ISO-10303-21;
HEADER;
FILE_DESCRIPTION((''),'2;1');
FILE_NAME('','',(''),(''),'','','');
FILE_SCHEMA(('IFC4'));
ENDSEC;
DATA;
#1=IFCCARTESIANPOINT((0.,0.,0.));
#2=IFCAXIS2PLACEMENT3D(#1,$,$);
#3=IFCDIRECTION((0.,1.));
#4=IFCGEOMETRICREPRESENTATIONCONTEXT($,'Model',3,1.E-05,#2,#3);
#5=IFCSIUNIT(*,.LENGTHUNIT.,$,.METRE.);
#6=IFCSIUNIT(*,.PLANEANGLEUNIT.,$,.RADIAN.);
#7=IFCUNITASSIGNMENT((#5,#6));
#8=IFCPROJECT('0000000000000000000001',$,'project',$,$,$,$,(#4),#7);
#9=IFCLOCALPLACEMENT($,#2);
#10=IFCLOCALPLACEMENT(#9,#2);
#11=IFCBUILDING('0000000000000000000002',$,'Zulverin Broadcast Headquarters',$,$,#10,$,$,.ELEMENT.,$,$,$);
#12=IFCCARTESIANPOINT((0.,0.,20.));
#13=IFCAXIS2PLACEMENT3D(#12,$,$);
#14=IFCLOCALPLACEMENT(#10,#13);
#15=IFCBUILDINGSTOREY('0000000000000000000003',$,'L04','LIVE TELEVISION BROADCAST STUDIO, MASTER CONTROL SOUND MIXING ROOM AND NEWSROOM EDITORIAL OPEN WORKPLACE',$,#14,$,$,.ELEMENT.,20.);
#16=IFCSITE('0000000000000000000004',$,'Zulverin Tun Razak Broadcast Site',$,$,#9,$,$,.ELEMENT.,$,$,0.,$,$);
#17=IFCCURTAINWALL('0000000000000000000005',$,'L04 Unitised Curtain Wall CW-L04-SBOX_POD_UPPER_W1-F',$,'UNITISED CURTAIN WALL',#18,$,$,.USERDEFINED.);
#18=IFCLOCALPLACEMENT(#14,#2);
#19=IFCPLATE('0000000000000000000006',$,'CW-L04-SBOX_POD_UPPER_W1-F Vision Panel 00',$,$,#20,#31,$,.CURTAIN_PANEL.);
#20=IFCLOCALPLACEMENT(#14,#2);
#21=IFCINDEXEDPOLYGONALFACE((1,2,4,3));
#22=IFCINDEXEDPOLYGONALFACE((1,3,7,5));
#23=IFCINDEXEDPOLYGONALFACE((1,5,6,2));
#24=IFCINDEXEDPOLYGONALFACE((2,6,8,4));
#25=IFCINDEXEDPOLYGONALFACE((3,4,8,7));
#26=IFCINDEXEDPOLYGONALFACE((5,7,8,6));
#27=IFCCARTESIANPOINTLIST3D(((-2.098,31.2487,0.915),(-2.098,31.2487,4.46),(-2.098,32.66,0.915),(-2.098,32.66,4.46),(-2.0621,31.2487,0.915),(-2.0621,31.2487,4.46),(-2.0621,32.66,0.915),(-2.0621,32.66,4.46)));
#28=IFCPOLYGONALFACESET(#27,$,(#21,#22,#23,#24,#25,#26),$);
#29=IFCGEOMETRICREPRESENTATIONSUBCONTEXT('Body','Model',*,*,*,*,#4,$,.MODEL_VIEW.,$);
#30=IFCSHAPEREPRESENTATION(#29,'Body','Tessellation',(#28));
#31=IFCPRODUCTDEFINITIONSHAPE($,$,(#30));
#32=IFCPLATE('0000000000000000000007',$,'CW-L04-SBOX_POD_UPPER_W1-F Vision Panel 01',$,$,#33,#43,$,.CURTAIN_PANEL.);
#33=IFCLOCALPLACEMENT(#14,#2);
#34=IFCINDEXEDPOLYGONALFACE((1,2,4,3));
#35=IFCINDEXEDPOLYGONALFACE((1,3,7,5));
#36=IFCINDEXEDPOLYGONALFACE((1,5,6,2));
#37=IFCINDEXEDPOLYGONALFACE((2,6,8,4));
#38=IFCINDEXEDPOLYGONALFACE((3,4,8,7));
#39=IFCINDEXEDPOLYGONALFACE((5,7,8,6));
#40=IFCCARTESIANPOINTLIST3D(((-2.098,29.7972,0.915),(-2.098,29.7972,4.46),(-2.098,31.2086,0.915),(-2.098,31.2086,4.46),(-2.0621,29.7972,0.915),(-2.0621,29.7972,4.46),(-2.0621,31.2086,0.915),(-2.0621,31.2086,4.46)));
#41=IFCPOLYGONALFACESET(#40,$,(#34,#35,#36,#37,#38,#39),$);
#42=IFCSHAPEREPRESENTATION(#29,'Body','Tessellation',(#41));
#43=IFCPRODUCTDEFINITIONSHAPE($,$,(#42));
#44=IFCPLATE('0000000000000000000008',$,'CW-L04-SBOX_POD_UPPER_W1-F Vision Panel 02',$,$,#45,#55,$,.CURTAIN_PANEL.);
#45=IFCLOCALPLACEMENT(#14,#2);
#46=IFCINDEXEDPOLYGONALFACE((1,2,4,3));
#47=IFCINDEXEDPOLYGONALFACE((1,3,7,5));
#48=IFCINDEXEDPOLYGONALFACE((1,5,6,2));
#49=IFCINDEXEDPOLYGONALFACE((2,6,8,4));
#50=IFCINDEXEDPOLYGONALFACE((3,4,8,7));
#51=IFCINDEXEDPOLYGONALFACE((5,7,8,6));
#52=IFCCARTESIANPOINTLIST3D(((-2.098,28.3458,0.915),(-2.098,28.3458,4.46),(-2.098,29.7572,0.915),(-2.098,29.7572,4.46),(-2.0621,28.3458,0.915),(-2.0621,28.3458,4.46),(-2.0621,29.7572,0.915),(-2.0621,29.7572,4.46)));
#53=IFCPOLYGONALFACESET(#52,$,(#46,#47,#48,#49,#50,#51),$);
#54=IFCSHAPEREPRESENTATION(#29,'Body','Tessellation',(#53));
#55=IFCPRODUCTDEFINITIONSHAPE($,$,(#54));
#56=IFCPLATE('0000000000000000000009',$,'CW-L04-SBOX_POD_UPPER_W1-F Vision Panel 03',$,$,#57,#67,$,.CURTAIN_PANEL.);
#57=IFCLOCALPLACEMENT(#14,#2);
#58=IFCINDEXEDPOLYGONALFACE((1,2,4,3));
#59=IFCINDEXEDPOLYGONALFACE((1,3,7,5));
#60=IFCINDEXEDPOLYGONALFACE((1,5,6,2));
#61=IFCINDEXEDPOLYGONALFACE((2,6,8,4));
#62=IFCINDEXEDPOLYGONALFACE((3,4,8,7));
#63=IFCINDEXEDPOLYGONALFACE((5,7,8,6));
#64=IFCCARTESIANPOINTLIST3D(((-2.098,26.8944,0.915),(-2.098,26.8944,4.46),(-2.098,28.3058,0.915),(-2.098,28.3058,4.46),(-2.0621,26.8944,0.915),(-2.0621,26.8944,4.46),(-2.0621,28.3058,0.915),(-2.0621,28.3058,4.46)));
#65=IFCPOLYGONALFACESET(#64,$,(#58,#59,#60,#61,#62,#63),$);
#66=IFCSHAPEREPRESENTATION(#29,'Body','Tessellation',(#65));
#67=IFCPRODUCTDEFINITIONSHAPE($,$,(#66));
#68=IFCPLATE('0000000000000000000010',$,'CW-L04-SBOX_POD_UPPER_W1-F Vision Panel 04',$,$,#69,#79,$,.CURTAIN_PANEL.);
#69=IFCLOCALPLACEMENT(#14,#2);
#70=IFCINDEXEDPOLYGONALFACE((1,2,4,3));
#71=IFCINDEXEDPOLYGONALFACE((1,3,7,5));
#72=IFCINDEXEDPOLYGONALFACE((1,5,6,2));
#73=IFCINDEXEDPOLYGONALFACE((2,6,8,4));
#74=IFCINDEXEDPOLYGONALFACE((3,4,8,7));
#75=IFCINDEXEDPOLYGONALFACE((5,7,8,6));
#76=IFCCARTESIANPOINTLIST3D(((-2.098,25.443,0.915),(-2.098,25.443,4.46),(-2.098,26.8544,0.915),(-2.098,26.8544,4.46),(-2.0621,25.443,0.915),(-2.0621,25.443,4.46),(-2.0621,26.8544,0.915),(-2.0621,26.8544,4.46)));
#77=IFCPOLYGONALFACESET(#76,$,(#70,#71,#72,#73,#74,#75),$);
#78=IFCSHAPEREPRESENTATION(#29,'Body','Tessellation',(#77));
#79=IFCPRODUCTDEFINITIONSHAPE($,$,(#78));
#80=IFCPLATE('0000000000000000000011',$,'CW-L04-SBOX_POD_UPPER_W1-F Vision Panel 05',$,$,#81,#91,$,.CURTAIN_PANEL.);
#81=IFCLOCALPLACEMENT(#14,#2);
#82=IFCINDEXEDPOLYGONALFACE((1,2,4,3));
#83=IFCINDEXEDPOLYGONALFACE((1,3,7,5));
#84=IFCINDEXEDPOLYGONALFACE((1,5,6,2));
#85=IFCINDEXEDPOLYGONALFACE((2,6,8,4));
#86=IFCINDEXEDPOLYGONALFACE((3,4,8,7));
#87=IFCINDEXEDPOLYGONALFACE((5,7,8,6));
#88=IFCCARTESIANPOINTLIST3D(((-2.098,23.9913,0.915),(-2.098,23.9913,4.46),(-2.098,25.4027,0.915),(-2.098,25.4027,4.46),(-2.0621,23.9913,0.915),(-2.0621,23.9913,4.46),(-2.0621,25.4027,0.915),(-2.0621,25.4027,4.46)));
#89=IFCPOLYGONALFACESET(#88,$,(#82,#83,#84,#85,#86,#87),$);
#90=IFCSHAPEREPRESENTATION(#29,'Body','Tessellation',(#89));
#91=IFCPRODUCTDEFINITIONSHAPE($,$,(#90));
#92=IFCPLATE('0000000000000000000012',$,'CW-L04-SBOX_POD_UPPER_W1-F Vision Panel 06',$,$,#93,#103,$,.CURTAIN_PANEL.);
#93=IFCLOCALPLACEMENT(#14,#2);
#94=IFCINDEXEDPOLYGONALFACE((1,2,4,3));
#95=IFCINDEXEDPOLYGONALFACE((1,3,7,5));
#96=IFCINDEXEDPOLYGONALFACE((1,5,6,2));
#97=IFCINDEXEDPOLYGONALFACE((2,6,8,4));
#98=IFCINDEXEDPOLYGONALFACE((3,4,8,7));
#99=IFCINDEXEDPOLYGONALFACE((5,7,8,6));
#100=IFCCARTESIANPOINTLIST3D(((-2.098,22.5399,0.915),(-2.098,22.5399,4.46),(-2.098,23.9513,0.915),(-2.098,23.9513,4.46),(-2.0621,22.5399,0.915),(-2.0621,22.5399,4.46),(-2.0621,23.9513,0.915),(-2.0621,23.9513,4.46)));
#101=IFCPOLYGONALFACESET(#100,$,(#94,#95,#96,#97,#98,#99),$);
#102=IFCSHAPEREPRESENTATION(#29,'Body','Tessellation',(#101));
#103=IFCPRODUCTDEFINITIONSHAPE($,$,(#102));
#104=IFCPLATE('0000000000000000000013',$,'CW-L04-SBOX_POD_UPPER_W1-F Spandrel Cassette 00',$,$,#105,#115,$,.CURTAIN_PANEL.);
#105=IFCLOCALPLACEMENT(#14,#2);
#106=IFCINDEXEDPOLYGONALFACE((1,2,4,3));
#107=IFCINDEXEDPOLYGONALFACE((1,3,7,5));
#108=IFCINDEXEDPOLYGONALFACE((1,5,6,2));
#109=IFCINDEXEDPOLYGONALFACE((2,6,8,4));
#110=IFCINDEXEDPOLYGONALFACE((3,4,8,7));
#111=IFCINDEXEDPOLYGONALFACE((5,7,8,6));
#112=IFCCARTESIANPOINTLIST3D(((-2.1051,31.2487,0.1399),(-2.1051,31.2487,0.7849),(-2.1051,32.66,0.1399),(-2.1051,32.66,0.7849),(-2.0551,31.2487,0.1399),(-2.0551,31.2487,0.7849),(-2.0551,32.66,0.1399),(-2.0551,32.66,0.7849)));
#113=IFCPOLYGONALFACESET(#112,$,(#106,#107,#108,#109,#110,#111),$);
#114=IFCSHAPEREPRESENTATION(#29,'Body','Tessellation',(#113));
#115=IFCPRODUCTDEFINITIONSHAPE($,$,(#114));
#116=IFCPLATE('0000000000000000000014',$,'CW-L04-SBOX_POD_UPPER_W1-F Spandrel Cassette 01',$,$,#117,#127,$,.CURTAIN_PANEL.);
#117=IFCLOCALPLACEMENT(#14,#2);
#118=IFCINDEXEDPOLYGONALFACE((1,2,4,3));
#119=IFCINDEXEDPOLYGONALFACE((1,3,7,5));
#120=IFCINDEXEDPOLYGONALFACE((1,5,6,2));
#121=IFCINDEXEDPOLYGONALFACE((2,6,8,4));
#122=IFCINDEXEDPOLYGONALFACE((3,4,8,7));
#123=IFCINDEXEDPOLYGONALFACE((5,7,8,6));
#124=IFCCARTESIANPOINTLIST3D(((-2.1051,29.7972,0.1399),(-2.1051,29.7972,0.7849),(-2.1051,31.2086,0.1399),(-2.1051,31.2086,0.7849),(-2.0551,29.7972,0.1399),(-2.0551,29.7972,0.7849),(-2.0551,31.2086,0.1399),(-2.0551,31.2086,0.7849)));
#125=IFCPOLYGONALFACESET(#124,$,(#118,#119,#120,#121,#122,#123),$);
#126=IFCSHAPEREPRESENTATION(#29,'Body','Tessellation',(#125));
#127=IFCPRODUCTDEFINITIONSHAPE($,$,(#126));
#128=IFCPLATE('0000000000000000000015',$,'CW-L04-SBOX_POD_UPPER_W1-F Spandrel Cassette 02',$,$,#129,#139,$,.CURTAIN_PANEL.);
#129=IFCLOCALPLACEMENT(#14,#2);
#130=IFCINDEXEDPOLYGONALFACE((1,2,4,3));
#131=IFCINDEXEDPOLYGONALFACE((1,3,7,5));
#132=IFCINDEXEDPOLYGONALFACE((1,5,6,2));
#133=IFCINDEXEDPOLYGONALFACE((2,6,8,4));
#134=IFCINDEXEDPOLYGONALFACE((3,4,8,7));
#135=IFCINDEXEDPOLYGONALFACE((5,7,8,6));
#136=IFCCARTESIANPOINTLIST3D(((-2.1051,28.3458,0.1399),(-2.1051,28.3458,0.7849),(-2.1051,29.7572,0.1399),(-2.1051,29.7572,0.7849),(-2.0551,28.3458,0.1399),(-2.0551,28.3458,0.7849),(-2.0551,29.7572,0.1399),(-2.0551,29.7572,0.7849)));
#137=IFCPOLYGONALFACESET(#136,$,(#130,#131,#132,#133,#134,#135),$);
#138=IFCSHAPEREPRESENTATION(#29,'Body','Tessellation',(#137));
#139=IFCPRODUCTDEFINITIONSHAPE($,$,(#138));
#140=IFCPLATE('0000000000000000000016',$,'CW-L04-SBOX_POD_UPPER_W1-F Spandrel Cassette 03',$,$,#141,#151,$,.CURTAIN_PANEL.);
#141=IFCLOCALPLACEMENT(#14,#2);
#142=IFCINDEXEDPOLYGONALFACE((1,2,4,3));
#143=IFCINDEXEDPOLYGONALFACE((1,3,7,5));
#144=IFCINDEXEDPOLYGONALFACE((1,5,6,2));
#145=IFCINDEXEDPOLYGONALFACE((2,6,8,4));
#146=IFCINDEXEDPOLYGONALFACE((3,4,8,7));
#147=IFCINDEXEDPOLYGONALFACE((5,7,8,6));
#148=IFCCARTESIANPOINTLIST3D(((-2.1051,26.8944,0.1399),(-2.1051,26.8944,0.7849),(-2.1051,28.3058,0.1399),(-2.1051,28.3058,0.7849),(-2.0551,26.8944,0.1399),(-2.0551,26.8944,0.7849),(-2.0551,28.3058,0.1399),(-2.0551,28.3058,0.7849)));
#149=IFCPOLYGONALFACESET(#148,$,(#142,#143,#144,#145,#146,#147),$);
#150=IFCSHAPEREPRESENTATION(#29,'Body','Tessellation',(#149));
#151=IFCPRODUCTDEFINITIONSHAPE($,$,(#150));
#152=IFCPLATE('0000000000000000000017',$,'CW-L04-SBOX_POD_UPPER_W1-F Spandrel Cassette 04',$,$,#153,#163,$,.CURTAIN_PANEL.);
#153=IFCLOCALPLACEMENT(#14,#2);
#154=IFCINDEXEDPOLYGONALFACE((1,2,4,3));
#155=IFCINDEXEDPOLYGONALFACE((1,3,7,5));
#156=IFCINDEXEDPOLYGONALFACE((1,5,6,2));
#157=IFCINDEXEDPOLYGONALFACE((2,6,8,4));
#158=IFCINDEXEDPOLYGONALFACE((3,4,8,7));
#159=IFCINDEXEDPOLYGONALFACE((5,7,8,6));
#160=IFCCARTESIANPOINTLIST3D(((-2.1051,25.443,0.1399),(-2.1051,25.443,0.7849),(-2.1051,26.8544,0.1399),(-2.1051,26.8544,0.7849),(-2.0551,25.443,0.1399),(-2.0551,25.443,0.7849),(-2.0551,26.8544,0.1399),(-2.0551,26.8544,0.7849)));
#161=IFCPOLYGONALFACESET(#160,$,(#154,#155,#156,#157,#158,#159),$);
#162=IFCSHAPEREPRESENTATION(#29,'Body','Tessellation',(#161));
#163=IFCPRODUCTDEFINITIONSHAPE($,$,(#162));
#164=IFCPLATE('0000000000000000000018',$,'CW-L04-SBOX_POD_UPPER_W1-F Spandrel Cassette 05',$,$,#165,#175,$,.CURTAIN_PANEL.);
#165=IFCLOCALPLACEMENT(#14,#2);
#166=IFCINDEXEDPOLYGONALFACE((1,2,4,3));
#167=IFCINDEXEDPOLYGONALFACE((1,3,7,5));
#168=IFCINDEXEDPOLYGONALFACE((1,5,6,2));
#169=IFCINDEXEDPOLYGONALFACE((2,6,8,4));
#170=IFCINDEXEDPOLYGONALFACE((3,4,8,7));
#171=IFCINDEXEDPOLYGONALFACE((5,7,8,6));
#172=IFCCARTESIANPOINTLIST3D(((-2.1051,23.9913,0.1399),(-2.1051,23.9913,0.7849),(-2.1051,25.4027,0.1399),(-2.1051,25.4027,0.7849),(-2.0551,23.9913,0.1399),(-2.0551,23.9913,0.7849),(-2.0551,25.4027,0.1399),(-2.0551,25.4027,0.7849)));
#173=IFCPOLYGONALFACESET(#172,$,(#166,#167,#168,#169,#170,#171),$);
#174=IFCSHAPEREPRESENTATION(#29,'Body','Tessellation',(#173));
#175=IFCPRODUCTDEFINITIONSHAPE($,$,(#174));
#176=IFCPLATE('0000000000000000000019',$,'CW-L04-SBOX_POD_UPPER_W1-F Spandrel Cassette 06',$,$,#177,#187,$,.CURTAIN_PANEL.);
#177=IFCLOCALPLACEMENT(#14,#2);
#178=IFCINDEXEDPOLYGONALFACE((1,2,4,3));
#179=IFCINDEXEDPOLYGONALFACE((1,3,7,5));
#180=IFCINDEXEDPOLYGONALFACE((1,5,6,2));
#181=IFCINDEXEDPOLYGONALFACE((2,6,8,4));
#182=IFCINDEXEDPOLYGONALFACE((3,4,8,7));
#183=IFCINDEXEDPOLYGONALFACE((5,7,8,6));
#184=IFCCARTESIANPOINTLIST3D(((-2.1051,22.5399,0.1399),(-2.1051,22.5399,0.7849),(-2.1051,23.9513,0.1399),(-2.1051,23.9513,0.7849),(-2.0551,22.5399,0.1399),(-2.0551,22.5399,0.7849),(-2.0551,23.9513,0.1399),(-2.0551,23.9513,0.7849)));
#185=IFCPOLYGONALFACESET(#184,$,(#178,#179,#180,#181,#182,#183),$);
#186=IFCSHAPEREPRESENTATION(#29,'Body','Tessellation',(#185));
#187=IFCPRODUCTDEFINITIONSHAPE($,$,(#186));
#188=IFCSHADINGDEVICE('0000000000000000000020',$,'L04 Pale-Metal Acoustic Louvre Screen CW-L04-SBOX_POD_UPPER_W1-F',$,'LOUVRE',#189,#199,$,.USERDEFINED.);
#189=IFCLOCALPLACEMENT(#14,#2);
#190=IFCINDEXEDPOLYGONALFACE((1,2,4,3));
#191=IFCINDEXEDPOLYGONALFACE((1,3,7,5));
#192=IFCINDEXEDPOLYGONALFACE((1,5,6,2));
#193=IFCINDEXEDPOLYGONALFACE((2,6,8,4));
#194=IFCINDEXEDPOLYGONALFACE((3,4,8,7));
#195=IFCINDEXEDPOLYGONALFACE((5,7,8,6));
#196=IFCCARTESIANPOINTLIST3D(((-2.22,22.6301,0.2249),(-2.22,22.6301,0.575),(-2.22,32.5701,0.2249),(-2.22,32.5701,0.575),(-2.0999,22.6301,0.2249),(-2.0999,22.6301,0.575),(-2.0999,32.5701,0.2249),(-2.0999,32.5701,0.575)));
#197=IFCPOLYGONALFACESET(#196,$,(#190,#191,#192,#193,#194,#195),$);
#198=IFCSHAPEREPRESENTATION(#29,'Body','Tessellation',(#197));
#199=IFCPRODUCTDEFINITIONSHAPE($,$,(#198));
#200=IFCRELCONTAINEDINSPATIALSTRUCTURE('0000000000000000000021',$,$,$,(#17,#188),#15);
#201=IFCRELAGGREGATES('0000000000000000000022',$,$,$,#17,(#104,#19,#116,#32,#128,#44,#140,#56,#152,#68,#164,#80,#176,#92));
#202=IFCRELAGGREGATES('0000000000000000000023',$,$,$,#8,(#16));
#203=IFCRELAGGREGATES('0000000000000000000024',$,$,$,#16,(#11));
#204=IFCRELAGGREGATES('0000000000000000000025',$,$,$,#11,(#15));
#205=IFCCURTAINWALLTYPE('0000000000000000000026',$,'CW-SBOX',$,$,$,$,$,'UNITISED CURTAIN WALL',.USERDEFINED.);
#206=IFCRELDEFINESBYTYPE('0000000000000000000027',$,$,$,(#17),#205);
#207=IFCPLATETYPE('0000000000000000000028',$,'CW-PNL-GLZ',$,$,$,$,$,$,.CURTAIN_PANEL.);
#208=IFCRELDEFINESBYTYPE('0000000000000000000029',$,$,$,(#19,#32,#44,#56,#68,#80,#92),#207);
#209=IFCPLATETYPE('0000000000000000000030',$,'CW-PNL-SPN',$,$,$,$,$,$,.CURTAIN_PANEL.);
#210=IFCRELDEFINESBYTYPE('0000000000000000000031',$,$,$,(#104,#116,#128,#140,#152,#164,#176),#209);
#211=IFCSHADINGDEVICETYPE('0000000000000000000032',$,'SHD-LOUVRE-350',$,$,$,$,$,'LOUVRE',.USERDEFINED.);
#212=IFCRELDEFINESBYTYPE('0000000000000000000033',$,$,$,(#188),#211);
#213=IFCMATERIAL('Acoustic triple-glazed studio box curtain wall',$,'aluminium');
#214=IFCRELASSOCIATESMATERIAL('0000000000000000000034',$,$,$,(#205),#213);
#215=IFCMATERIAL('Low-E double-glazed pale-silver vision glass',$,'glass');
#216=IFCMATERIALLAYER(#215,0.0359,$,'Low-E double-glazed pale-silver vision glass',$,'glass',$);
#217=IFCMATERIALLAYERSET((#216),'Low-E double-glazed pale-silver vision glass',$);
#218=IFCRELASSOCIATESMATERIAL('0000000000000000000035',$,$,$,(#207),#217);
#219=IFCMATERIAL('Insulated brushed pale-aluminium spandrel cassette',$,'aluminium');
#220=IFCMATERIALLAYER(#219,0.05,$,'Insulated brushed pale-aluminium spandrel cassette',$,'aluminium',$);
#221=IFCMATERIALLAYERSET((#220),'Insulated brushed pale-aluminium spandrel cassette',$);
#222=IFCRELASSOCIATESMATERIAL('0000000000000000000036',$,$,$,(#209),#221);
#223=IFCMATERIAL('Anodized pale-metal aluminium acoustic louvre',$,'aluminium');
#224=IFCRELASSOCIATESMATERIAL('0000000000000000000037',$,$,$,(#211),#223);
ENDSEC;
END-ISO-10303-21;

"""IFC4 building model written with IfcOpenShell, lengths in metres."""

from ifc_helpers import new_model, si_unit, direction, frame, origin, origin_2d, place, context, subcontext, project, spatial, rectangle, extrude, material, layer, layer_set, type_object, element, aggregate, save


model = new_model("IFC4")

# Units and contexts
model_context = context("Model", 3, precision=1e-05, world=origin(), true_north=direction((0.0, 1.0)))
body_context = subcontext(model_context, "Body", "Model", "MODEL_VIEW")
ifc_project = project(units=[si_unit("LENGTHUNIT", "METRE"), si_unit("PLANEANGLEUNIT", "RADIAN")], contexts=[model_context])

# Site, building, storey
site_placement = place(None, origin())
site = spatial("IfcSite", under=ifc_project, at=site_placement, Name="Zulverin Tun Razak Broadcast Site", CompositionType="ELEMENT", RefElevation=0.0)
building_placement = place(site_placement, origin())
building = spatial("IfcBuilding", under=site, at=building_placement, Name="Zulverin Broadcast Headquarters", CompositionType="ELEMENT")
storey_placement = place(building_placement, frame((0.0, 0.0, 20.0)))
storey = spatial("IfcBuildingStorey", under=building, at=storey_placement, Name="L04", Description="LIVE TELEVISION BROADCAST STUDIO, MASTER CONTROL SOUND MIXING ROOM AND NEWSROOM EDITORIAL OPEN WORKPLACE", CompositionType="ELEMENT", Elevation=20.0)

# Curtain wall
ifc_material_1 = material(Name="Acoustic triple-glazed studio box curtain wall", Category="aluminium")
curtain_wall_type = type_object("IfcCurtainWallType", Name="CW-SBOX", ElementType="UNITISED CURTAIN WALL", PredefinedType="USERDEFINED", material=ifc_material_1)
curtain_wall_placement = place(storey_placement, origin())
curtain_wall = element("IfcCurtainWall", 1, at=curtain_wall_placement, inside=storey, type_object=curtain_wall_type, Name="L04 Unitised Curtain Wall CW-L04-SBOX_POD_UPPER_W1-F", ObjectType="UNITISED CURTAIN WALL", PredefinedType="USERDEFINED")

# Plates
ifc_material_2 = material(Name="Low-E double-glazed pale-silver vision glass", Category="glass")
ifc_layer_1 = layer(ifc_material_2, 0.0359, Name="Low-E double-glazed pale-silver vision glass", Category="glass")
ifc_layer_set_1 = layer_set([ifc_layer_1], Name="Low-E double-glazed pale-silver vision glass")
plate_type_1 = type_object("IfcPlateType", Name="CW-PNL-GLZ", PredefinedType="CURTAIN_PANEL", material=ifc_layer_set_1)
plate_1_placement = place(storey_placement, frame((-2.0801, 31.9543, 0.915), z_axis=(0.0, 0.0, 1.0), x_axis=(0.0, -1.0, 0.0)))
plate_1 = element("IfcPlate", 2, at=plate_1_placement, type_object=plate_type_1, Name="CW-L04-SBOX_POD_UPPER_W1-F Vision Panel 00", PredefinedType="CURTAIN_PANEL", context=body_context, shape_type="SweptSolid", body=[
    extrude(rectangle(XDim=1.4114, YDim=0.0359, at=origin_2d()), origin(), (0.0, 0.0, 1.0), 3.5449),
])
plate_2_placement = place(storey_placement, frame((-2.0801, 30.5029, 0.915), z_axis=(0.0, 0.0, 1.0), x_axis=(0.0, -1.0, 0.0)))
plate_2 = element("IfcPlate", 3, at=plate_2_placement, type_object=plate_type_1, Name="CW-L04-SBOX_POD_UPPER_W1-F Vision Panel 01", PredefinedType="CURTAIN_PANEL", context=body_context, shape_type="SweptSolid", body=[
    extrude(rectangle(XDim=1.4114, YDim=0.0359, at=origin_2d()), origin(), (0.0, 0.0, 1.0), 3.5449),
])
plate_3_placement = place(storey_placement, frame((-2.0801, 29.0515, 0.915), z_axis=(0.0, 0.0, 1.0), x_axis=(0.0, -1.0, 0.0)))
plate_3 = element("IfcPlate", 4, at=plate_3_placement, type_object=plate_type_1, Name="CW-L04-SBOX_POD_UPPER_W1-F Vision Panel 02", PredefinedType="CURTAIN_PANEL", context=body_context, shape_type="SweptSolid", body=[
    extrude(rectangle(XDim=1.4114, YDim=0.0359, at=origin_2d()), origin(), (0.0, 0.0, 1.0), 3.5449),
])
plate_4_placement = place(storey_placement, frame((-2.0801, 27.6001, 0.915), z_axis=(0.0, 0.0, 1.0), x_axis=(0.0, -1.0, 0.0)))
plate_4 = element("IfcPlate", 5, at=plate_4_placement, type_object=plate_type_1, Name="CW-L04-SBOX_POD_UPPER_W1-F Vision Panel 03", PredefinedType="CURTAIN_PANEL", context=body_context, shape_type="SweptSolid", body=[
    extrude(rectangle(XDim=1.4114, YDim=0.0359, at=origin_2d()), origin(), (0.0, 0.0, 1.0), 3.5449),
])
plate_5_placement = place(storey_placement, frame((-2.0801, 26.1487, 0.915), z_axis=(0.0, 0.0, 1.0), x_axis=(0.0, -1.0, 0.0)))
plate_5 = element("IfcPlate", 6, at=plate_5_placement, type_object=plate_type_1, Name="CW-L04-SBOX_POD_UPPER_W1-F Vision Panel 04", PredefinedType="CURTAIN_PANEL", context=body_context, shape_type="SweptSolid", body=[
    extrude(rectangle(XDim=1.4114, YDim=0.0359, at=origin_2d()), origin(), (0.0, 0.0, 1.0), 3.5449),
])
plate_6_placement = place(storey_placement, frame((-2.0801, 24.697, 0.915), z_axis=(0.0, 0.0, 1.0), x_axis=(0.0, -1.0, 0.0)))
plate_6 = element("IfcPlate", 7, at=plate_6_placement, type_object=plate_type_1, Name="CW-L04-SBOX_POD_UPPER_W1-F Vision Panel 05", PredefinedType="CURTAIN_PANEL", context=body_context, shape_type="SweptSolid", body=[
    extrude(rectangle(XDim=1.4114, YDim=0.0359, at=origin_2d()), origin(), (0.0, 0.0, 1.0), 3.5449),
])
plate_7_placement = place(storey_placement, frame((-2.0801, 23.2456, 0.915), z_axis=(0.0, 0.0, 1.0), x_axis=(0.0, -1.0, 0.0)))
plate_7 = element("IfcPlate", 8, at=plate_7_placement, type_object=plate_type_1, Name="CW-L04-SBOX_POD_UPPER_W1-F Vision Panel 06", PredefinedType="CURTAIN_PANEL", context=body_context, shape_type="SweptSolid", body=[
    extrude(rectangle(XDim=1.4114, YDim=0.0359, at=origin_2d()), origin(), (0.0, 0.0, 1.0), 3.5449),
])
ifc_material_3 = material(Name="Insulated brushed pale-aluminium spandrel cassette", Category="aluminium")
ifc_layer_2 = layer(ifc_material_3, 0.05, Name="Insulated brushed pale-aluminium spandrel cassette", Category="aluminium")
ifc_layer_set_2 = layer_set([ifc_layer_2], Name="Insulated brushed pale-aluminium spandrel cassette")
plate_type_2 = type_object("IfcPlateType", Name="CW-PNL-SPN", PredefinedType="CURTAIN_PANEL", material=ifc_layer_set_2)
plate_8_placement = place(storey_placement, frame((-2.0801, 31.9543, 0.1399), z_axis=(0.0, 0.0, 1.0), x_axis=(0.0, -1.0, 0.0)))
plate_8 = element("IfcPlate", 9, at=plate_8_placement, type_object=plate_type_2, Name="CW-L04-SBOX_POD_UPPER_W1-F Spandrel Cassette 00", PredefinedType="CURTAIN_PANEL", context=body_context, shape_type="SweptSolid", body=[
    extrude(rectangle(XDim=1.4114, YDim=0.05, at=origin_2d()), origin(), (0.0, 0.0, 1.0), 0.645),
])
plate_9_placement = place(storey_placement, frame((-2.0801, 30.5029, 0.1399), z_axis=(0.0, 0.0, 1.0), x_axis=(0.0, -1.0, 0.0)))
plate_9 = element("IfcPlate", 10, at=plate_9_placement, type_object=plate_type_2, Name="CW-L04-SBOX_POD_UPPER_W1-F Spandrel Cassette 01", PredefinedType="CURTAIN_PANEL", context=body_context, shape_type="SweptSolid", body=[
    extrude(rectangle(XDim=1.4114, YDim=0.05, at=origin_2d()), origin(), (0.0, 0.0, 1.0), 0.645),
])
plate_10_placement = place(storey_placement, frame((-2.0801, 29.0515, 0.1399), z_axis=(0.0, 0.0, 1.0), x_axis=(0.0, -1.0, 0.0)))
plate_10 = element("IfcPlate", 11, at=plate_10_placement, type_object=plate_type_2, Name="CW-L04-SBOX_POD_UPPER_W1-F Spandrel Cassette 02", PredefinedType="CURTAIN_PANEL", context=body_context, shape_type="SweptSolid", body=[
    extrude(rectangle(XDim=1.4114, YDim=0.05, at=origin_2d()), origin(), (0.0, 0.0, 1.0), 0.645),
])
plate_11_placement = place(storey_placement, frame((-2.0801, 27.6001, 0.1399), z_axis=(0.0, 0.0, 1.0), x_axis=(0.0, -1.0, 0.0)))
plate_11 = element("IfcPlate", 12, at=plate_11_placement, type_object=plate_type_2, Name="CW-L04-SBOX_POD_UPPER_W1-F Spandrel Cassette 03", PredefinedType="CURTAIN_PANEL", context=body_context, shape_type="SweptSolid", body=[
    extrude(rectangle(XDim=1.4114, YDim=0.05, at=origin_2d()), origin(), (0.0, 0.0, 1.0), 0.645),
])
plate_12_placement = place(storey_placement, frame((-2.0801, 26.1487, 0.1399), z_axis=(0.0, 0.0, 1.0), x_axis=(0.0, -1.0, 0.0)))
plate_12 = element("IfcPlate", 13, at=plate_12_placement, type_object=plate_type_2, Name="CW-L04-SBOX_POD_UPPER_W1-F Spandrel Cassette 04", PredefinedType="CURTAIN_PANEL", context=body_context, shape_type="SweptSolid", body=[
    extrude(rectangle(XDim=1.4114, YDim=0.05, at=origin_2d()), origin(), (0.0, 0.0, 1.0), 0.645),
])
plate_13_placement = place(storey_placement, frame((-2.0801, 24.697, 0.1399), z_axis=(0.0, 0.0, 1.0), x_axis=(0.0, -1.0, 0.0)))
plate_13 = element("IfcPlate", 14, at=plate_13_placement, type_object=plate_type_2, Name="CW-L04-SBOX_POD_UPPER_W1-F Spandrel Cassette 05", PredefinedType="CURTAIN_PANEL", context=body_context, shape_type="SweptSolid", body=[
    extrude(rectangle(XDim=1.4114, YDim=0.05, at=origin_2d()), origin(), (0.0, 0.0, 1.0), 0.645),
])
plate_14_placement = place(storey_placement, frame((-2.0801, 23.2456, 0.1399), z_axis=(0.0, 0.0, 1.0), x_axis=(0.0, -1.0, 0.0)))
plate_14 = element("IfcPlate", 15, at=plate_14_placement, type_object=plate_type_2, Name="CW-L04-SBOX_POD_UPPER_W1-F Spandrel Cassette 06", PredefinedType="CURTAIN_PANEL", context=body_context, shape_type="SweptSolid", body=[
    extrude(rectangle(XDim=1.4114, YDim=0.05, at=origin_2d()), origin(), (0.0, 0.0, 1.0), 0.645),
])
aggregate(curtain_wall, [plate_8, plate_1, plate_9, plate_2, plate_10, plate_3, plate_11, plate_4, plate_12, plate_5, plate_13, plate_6, plate_14, plate_7])

# Shading device
ifc_material_4 = material(Name="Anodized pale-metal aluminium acoustic louvre", Category="aluminium")
shading_device_type_1 = type_object("IfcShadingDeviceType", Name="SHD-LOUVRE-350", ElementType="LOUVRE", PredefinedType="USERDEFINED", material=ifc_material_4)
shading_device_1_placement = place(storey_placement, frame((-2.1599, 27.6001, 0.2249), z_axis=(0.0, 0.0, 1.0), x_axis=(0.0, -1.0, 0.0)))
element("IfcShadingDevice", 16, at=shading_device_1_placement, inside=storey, type_object=shading_device_type_1, Name="L04 Pale-Metal Acoustic Louvre Screen CW-L04-SBOX_POD_UPPER_W1-F", ObjectType="LOUVRE", PredefinedType="USERDEFINED", context=body_context, shape_type="SweptSolid", body=[
    extrude(rectangle(XDim=9.9399, YDim=0.1201, at=origin_2d()), origin(), (0.0, 0.0, 1.0), 0.3501),
])

save(model, "model.ifc")
